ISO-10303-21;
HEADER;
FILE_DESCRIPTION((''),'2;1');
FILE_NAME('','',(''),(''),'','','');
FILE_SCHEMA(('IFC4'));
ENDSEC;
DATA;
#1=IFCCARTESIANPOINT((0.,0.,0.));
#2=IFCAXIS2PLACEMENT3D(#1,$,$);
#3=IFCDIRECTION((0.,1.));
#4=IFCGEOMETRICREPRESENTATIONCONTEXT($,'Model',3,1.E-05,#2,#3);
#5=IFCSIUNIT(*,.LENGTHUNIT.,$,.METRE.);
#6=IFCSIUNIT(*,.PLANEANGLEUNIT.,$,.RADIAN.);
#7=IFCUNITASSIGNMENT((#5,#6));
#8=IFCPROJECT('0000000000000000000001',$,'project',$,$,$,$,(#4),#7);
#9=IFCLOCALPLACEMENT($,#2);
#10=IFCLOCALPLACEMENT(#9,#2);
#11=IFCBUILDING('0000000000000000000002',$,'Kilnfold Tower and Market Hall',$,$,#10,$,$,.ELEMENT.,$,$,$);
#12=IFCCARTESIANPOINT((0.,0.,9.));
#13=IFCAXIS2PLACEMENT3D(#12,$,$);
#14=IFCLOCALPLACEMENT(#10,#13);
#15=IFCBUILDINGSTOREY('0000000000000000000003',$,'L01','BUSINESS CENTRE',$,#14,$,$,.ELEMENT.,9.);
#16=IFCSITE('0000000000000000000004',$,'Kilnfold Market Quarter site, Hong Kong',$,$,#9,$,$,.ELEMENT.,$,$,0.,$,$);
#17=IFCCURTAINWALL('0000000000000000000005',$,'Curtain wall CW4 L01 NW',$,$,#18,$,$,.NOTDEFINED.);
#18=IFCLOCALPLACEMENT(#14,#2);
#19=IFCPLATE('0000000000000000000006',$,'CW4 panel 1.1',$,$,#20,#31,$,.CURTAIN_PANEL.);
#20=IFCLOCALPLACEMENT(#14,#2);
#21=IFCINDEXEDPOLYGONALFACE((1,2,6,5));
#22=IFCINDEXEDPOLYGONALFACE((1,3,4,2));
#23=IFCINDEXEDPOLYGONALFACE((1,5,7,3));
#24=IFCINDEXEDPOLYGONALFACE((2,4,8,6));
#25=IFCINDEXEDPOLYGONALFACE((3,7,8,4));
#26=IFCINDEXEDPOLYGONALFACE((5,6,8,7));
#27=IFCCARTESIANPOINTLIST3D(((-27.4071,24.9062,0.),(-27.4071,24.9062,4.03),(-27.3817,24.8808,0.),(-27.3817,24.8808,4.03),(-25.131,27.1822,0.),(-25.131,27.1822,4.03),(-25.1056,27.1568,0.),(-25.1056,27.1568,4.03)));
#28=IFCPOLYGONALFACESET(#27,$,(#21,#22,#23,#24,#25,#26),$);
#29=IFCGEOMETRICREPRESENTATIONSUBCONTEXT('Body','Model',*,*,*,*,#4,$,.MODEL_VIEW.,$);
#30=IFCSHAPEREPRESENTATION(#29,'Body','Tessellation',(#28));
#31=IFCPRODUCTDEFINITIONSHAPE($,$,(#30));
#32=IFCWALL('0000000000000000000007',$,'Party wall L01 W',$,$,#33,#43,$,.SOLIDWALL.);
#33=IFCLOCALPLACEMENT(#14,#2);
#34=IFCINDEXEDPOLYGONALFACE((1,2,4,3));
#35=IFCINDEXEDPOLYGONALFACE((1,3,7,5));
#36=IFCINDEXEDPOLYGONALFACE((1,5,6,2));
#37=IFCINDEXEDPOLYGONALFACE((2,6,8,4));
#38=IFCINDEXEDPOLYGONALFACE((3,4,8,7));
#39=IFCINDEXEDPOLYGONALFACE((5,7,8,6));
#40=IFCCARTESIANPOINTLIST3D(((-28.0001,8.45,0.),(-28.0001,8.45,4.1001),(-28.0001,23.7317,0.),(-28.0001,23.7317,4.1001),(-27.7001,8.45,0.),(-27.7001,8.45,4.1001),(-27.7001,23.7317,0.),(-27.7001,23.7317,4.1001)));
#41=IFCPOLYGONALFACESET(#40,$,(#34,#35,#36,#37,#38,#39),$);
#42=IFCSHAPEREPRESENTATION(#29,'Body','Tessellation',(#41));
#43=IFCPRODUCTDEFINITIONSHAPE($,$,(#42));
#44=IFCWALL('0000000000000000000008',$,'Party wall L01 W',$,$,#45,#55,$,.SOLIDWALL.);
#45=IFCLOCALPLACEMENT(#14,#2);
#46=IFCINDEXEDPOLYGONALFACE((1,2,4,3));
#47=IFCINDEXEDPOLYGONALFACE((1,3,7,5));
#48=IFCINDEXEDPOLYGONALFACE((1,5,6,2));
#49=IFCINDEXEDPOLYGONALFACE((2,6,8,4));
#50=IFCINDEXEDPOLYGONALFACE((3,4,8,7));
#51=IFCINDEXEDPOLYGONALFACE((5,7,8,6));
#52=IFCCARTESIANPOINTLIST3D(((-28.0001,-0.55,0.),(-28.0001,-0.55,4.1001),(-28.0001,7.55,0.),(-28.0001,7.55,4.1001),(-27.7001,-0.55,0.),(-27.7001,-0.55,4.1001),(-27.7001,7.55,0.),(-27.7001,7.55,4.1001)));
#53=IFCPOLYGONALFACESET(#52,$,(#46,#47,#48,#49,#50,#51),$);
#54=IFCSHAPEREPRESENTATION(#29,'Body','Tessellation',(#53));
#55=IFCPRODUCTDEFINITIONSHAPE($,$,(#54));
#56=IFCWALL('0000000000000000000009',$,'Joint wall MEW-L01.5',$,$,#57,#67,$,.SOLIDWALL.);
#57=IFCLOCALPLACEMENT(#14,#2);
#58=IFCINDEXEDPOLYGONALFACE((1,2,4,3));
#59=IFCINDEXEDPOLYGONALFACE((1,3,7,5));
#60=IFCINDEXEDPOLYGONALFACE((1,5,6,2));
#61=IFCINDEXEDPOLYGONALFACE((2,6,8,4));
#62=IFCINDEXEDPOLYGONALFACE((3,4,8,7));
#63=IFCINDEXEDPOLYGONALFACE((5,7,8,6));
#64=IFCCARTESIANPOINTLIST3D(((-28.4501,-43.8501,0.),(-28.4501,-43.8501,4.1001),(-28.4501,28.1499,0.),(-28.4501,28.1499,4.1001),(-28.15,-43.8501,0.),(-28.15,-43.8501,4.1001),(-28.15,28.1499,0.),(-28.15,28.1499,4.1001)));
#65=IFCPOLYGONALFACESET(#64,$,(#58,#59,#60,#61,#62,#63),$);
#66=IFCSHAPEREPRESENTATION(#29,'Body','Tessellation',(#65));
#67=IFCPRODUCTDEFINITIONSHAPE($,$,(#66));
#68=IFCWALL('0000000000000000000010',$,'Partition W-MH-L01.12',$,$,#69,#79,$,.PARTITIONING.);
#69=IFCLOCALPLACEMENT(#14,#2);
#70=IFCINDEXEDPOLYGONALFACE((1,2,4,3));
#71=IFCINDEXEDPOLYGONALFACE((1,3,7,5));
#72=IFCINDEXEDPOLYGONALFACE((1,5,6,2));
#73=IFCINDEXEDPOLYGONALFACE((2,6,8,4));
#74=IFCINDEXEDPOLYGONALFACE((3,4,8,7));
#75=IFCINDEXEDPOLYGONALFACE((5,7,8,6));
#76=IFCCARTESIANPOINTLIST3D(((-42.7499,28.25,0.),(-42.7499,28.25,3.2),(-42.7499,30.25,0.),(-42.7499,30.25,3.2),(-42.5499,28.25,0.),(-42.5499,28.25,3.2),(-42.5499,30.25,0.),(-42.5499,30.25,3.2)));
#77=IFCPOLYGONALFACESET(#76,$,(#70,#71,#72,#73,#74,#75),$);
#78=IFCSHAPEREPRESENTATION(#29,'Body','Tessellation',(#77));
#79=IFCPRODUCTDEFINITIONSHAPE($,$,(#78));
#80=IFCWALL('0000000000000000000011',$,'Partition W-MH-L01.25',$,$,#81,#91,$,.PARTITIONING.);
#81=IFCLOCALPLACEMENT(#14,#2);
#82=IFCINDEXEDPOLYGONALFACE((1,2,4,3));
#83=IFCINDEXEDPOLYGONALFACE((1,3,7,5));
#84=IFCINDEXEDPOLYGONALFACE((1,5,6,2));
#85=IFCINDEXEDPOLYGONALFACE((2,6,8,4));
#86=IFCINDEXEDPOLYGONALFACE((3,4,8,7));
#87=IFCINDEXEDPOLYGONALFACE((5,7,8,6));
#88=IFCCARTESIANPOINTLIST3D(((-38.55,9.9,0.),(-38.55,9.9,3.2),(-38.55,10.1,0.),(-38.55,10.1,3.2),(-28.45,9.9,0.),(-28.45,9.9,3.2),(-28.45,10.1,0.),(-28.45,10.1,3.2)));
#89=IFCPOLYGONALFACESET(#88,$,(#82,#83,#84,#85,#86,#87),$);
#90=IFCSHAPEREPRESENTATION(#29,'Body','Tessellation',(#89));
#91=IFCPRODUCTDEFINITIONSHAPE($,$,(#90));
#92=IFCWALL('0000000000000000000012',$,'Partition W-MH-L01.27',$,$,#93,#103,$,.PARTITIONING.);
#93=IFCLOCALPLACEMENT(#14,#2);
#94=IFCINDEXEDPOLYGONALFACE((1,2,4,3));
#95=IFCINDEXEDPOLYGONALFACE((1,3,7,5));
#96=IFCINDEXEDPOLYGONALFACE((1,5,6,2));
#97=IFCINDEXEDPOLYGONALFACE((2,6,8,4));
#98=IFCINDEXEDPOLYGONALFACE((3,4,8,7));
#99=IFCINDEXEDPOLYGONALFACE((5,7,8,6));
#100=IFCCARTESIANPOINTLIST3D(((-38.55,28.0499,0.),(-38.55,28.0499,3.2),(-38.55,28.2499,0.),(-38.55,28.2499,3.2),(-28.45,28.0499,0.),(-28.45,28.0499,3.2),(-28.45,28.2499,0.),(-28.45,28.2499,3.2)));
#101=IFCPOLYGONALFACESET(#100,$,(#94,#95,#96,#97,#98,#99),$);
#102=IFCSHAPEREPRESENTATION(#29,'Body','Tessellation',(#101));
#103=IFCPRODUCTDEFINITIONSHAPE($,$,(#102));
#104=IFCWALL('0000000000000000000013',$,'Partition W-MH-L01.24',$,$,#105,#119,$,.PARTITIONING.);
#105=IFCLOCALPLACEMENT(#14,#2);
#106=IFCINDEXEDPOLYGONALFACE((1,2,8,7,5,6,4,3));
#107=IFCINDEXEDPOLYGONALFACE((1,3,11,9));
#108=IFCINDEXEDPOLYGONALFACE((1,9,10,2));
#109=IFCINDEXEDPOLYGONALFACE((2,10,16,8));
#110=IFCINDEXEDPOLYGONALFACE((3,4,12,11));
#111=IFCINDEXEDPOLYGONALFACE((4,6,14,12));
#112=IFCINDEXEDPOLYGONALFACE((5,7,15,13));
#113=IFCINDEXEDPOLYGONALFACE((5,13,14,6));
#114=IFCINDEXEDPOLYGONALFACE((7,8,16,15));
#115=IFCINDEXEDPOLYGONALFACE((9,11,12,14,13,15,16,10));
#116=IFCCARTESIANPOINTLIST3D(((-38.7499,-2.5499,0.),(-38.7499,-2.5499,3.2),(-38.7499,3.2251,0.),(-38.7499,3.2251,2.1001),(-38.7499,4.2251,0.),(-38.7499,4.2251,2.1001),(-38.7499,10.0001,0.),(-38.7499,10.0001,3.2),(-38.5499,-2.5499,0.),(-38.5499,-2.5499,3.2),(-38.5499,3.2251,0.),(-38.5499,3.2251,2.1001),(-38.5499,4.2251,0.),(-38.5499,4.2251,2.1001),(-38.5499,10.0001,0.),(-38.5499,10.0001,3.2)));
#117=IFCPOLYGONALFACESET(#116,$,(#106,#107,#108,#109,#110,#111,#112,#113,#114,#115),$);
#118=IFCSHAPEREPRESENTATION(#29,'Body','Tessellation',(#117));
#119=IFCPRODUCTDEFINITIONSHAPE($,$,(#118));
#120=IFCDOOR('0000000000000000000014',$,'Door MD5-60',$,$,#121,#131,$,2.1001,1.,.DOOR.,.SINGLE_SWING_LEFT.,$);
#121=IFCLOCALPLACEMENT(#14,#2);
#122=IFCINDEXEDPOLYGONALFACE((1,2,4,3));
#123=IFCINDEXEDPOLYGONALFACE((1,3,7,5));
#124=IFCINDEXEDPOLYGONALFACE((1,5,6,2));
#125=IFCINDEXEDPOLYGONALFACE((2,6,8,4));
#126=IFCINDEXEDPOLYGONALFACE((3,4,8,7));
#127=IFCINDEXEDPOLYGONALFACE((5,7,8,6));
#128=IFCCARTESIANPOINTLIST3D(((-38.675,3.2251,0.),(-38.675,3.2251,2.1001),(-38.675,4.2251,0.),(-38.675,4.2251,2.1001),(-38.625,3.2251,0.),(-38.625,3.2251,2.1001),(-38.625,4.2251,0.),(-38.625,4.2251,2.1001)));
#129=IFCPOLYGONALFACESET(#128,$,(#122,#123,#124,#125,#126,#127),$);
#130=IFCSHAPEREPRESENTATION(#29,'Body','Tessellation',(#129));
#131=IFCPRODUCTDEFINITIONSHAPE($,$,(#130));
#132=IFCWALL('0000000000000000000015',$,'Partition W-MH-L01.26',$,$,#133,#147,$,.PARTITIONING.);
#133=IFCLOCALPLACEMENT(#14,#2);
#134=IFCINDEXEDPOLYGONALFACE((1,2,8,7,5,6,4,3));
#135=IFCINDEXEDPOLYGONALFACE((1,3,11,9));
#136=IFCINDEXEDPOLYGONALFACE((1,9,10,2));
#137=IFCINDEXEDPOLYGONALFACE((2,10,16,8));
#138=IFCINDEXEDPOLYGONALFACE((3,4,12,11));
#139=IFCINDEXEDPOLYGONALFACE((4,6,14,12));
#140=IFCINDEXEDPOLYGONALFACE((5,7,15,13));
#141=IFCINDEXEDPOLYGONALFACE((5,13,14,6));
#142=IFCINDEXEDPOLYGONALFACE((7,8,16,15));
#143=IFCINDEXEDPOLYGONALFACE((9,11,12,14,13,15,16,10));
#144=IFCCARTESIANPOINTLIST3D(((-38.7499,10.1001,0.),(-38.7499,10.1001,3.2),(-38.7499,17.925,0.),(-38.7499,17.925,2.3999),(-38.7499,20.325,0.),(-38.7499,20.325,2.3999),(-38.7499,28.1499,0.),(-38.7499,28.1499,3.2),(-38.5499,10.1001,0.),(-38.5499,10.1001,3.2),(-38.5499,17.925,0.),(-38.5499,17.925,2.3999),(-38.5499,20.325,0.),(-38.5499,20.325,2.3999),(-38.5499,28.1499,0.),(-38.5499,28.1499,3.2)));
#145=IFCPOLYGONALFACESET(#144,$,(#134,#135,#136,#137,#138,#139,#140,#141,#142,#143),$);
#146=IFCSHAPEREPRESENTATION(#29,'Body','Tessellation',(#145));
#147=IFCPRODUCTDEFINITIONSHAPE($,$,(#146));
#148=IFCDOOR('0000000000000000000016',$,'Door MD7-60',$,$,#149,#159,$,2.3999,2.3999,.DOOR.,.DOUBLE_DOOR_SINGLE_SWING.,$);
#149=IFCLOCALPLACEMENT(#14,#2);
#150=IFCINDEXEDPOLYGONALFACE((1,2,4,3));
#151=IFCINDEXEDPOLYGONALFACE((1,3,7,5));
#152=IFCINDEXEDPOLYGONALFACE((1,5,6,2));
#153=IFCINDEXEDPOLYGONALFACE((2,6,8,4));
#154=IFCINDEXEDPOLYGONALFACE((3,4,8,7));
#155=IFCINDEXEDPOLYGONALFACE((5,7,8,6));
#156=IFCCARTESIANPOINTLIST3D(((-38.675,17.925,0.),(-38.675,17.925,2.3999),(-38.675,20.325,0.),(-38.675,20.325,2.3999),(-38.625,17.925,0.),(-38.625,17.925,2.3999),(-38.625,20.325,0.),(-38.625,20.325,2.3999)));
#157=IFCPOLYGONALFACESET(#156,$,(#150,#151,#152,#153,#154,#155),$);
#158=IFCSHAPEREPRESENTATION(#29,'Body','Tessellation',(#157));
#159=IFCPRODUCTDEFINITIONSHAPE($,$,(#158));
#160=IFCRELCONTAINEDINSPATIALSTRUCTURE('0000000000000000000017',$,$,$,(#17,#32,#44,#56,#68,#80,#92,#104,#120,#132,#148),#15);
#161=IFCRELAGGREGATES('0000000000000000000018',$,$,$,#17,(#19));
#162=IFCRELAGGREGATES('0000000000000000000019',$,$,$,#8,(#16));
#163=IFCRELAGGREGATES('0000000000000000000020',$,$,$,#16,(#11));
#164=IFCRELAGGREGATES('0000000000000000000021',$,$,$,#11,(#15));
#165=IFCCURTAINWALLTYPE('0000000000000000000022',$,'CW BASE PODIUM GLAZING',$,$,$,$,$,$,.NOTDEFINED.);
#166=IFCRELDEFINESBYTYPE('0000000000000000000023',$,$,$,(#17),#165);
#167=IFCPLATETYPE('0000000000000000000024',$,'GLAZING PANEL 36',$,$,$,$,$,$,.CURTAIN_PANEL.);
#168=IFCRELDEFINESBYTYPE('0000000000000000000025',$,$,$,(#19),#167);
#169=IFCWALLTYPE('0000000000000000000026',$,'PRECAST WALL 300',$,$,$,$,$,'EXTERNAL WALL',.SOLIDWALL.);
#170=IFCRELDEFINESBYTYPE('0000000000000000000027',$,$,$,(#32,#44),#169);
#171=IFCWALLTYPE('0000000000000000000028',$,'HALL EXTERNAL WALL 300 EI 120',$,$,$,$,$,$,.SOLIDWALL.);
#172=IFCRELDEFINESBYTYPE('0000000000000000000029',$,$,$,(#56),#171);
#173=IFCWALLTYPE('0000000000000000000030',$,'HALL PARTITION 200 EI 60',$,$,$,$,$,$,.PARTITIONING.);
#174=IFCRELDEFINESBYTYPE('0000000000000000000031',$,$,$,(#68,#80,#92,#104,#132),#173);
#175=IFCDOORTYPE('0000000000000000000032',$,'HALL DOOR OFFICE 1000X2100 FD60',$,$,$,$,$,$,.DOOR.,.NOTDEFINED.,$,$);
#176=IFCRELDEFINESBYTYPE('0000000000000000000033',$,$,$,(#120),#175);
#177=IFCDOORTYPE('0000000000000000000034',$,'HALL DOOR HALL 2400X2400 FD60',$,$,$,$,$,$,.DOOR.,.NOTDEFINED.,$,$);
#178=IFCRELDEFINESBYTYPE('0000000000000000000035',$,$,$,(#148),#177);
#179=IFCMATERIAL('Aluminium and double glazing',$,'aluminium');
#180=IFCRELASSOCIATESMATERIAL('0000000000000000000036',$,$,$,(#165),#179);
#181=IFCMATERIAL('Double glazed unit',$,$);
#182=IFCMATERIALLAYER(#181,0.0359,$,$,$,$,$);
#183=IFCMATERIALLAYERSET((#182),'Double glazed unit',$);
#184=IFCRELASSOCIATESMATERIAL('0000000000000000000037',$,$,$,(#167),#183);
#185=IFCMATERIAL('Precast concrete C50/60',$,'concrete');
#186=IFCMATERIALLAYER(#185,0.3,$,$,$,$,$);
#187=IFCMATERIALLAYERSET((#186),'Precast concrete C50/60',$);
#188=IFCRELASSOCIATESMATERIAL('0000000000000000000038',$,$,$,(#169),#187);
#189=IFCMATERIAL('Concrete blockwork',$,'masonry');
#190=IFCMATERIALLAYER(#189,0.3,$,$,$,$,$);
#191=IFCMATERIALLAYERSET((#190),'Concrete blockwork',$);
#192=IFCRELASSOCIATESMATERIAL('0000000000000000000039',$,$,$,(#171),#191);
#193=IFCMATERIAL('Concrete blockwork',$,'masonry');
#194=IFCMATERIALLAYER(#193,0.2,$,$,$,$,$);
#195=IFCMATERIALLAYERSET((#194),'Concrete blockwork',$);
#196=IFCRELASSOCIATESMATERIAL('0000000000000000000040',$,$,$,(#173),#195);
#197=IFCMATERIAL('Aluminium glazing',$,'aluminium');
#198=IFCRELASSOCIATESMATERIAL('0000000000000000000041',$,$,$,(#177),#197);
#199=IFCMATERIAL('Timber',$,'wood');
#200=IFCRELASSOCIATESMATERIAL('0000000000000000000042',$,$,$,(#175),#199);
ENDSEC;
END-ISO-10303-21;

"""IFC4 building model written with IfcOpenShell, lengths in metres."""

from ifc_helpers import new_model, si_unit, direction, frame, frame_2d, origin, origin_2d, place, context, subcontext, project, spatial, rectangle, extrude, source, transform, mapped, material, layer, layer_set, type_object, element, fill, aggregate, save


model = new_model("IFC4")

# Units and contexts
model_context = context("Model", 3, precision=1e-05, world=origin(), true_north=direction((0.0, 1.0)))
body_context = subcontext(model_context, "Body", "Model", "MODEL_VIEW")
ifc_project = project(units=[si_unit("LENGTHUNIT", "METRE"), si_unit("PLANEANGLEUNIT", "RADIAN")], contexts=[model_context])

# Site, building, storey
site_placement = place(None, origin())
site = spatial("IfcSite", under=ifc_project, at=site_placement, Name="Kilnfold Market Quarter site, Hong Kong", CompositionType="ELEMENT", RefElevation=0.0)
building_placement = place(site_placement, origin())
building = spatial("IfcBuilding", under=site, at=building_placement, Name="Kilnfold Tower and Market Hall", CompositionType="ELEMENT")
storey_placement = place(building_placement, frame((0.0, 0.0, 9.0)))
storey = spatial("IfcBuildingStorey", under=building, at=storey_placement, Name="L01", Description="BUSINESS CENTRE", CompositionType="ELEMENT", Elevation=9.0)

# Curtain wall, plate
ifc_material_1 = material(Name="Aluminium and double glazing", Category="aluminium")
curtain_wall_type = type_object("IfcCurtainWallType", Name="CW BASE PODIUM GLAZING", PredefinedType="NOTDEFINED", material=ifc_material_1)
curtain_wall_placement = place(storey_placement, origin())
curtain_wall = element("IfcCurtainWall", 1, at=curtain_wall_placement, inside=storey, type_object=curtain_wall_type, Name="Curtain wall CW4 L01 NW", PredefinedType="NOTDEFINED")
ifc_material_2 = material(Name="Double glazed unit")
ifc_layer_1 = layer(ifc_material_2, 0.0359)
ifc_layer_set_1 = layer_set([ifc_layer_1], Name="Double glazed unit")
plate_type = type_object("IfcPlateType", Name="GLAZING PANEL 36", PredefinedType="CURTAIN_PANEL", material=ifc_layer_set_1)
shared_shape_1 = source(origin(), body_context, "Body", "SweptSolid", [
    extrude(rectangle(XDim=3.2188, YDim=0.0359, at=origin_2d()), origin(), (0.0, 0.0, 1.0), 4.03),
])
plate_placement = place(storey_placement, frame((-26.2563, 26.0315, 0.0), z_axis=(0.0, 0.0, 1.0), x_axis=(-0.707122, -0.707092, 0.0)))
plate = element("IfcPlate", 2, at=plate_placement, type_object=plate_type, Name="CW4 panel 1.1", PredefinedType="CURTAIN_PANEL", context=body_context, shape_type="MappedRepresentation", body=[
    mapped(shared_shape_1, transform((0.0, 0.0, 0.0))),
])
aggregate(curtain_wall, [plate])

# Walls
ifc_material_3 = material(Name="Precast concrete C50/60", Category="concrete")
ifc_layer_2 = layer(ifc_material_3, 0.3)
ifc_layer_set_2 = layer_set([ifc_layer_2], Name="Precast concrete C50/60")
wall_type_1 = type_object("IfcWallType", Name="PRECAST WALL 300", ElementType="EXTERNAL WALL", PredefinedType="SOLIDWALL", material=ifc_layer_set_2)
shared_shape_2 = source(origin(), body_context, "Body", "SweptSolid", [
    extrude(rectangle(XDim=15.2817, YDim=0.3, at=frame_2d((7.6409, 0.0))), origin(), (0.0, 0.0, 1.0), 4.1001),
])
wall_1_placement = place(storey_placement, frame((-27.8501, 23.7317, 0.0), z_axis=(0.0, 0.0, 1.0), x_axis=(0.0, -1.0, 0.0)))
element("IfcWall", 3, at=wall_1_placement, inside=storey, type_object=wall_type_1, Name="Party wall L01 W", PredefinedType="SOLIDWALL", context=body_context, shape_type="MappedRepresentation", body=[
    mapped(shared_shape_2, transform((0.0, 0.0, 0.0))),
])
shared_shape_3 = source(origin(), body_context, "Body", "SweptSolid", [
    extrude(rectangle(XDim=8.1001, YDim=0.3, at=frame_2d((4.05, 0.0))), origin(), (0.0, 0.0, 1.0), 4.1001),
])
wall_2_placement = place(storey_placement, frame((-27.8501, 7.55, 0.0), z_axis=(0.0, 0.0, 1.0), x_axis=(0.0, -1.0, 0.0)))
element("IfcWall", 4, at=wall_2_placement, inside=storey, type_object=wall_type_1, Name="Party wall L01 W", PredefinedType="SOLIDWALL", context=body_context, shape_type="MappedRepresentation", body=[
    mapped(shared_shape_3, transform((0.0, 0.0, 0.0))),
])
ifc_material_4 = material(Name="Concrete blockwork", Category="masonry")
ifc_layer_3 = layer(ifc_material_4, 0.3)
ifc_layer_set_3 = layer_set([ifc_layer_3], Name="Concrete blockwork")
wall_type_2 = type_object("IfcWallType", Name="HALL EXTERNAL WALL 300 EI 120", PredefinedType="SOLIDWALL", material=ifc_layer_set_3)
shared_shape_4 = source(origin(), body_context, "Body", "SweptSolid", [
    extrude(rectangle(XDim=72.0, YDim=0.3, at=frame_2d((36.0, 0.0))), origin(), (0.0, 0.0, 1.0), 4.1001),
])
wall_3_placement = place(storey_placement, frame((-28.3, 28.1499, 0.0), z_axis=(0.0, 0.0, 1.0), x_axis=(0.0, -1.0, 0.0)))
element("IfcWall", 5, at=wall_3_placement, inside=storey, type_object=wall_type_2, Name="Joint wall MEW-L01.5", PredefinedType="SOLIDWALL", context=body_context, shape_type="MappedRepresentation", body=[
    mapped(shared_shape_4, transform((0.0, 0.0, 0.0))),
])

# Shared definitions
ifc_material_5 = material(Name="Concrete blockwork", Category="masonry")
ifc_layer_4 = layer(ifc_material_5, 0.2)
ifc_layer_set_4 = layer_set([ifc_layer_4], Name="Concrete blockwork")
wall_type_3 = type_object("IfcWallType", Name="HALL PARTITION 200 EI 60", PredefinedType="PARTITIONING", material=ifc_layer_set_4)
ifc_material_6 = material(Name="Aluminium glazing", Category="aluminium")
door_type_1 = type_object("IfcDoorType", Name="HALL DOOR HALL 2400X2400 FD60", OperationType="NOTDEFINED", PredefinedType="DOOR", material=ifc_material_6)

# Walls
shared_shape_5 = source(origin(), body_context, "Body", "SweptSolid", [
    extrude(rectangle(XDim=2.0, YDim=0.2, at=frame_2d((1.0, 0.0))), origin(), (0.0, 0.0, 1.0), 3.2),
])
wall_4_placement = place(storey_placement, frame((-42.6499, 28.25, 0.0), z_axis=(0.0, 0.0, 1.0), x_axis=(0.0, 1.0, 0.0)))
element("IfcWall", 6, at=wall_4_placement, inside=storey, type_object=wall_type_3, Name="Partition W-MH-L01.12", PredefinedType="PARTITIONING", context=body_context, shape_type="MappedRepresentation", body=[
    mapped(shared_shape_5, transform((0.0, 0.0, 0.0))),
])
shared_shape_6 = source(origin(), body_context, "Body", "SweptSolid", [
    extrude(rectangle(XDim=10.1001, YDim=0.2, at=frame_2d((5.05, 0.0))), origin(), (0.0, 0.0, 1.0), 3.2),
])
for number, where, z_axis, x_axis, name in (
    (7, (-38.55, 10.0, 0.0), (0.0, 0.0, 1.0), (1.0, 0.0, 0.0), "Partition W-MH-L01.25"),
    (8, (-38.55, 28.1499, 0.0), (0.0, 0.0, 1.0), (1.0, 0.0, 0.0), "Partition W-MH-L01.27"),
):
    element("IfcWall", number, at=place(storey_placement, frame(where, z_axis=z_axis, x_axis=x_axis)), inside=storey, type_object=wall_type_3, Name=name, PredefinedType="PARTITIONING", context=body_context, shape_type="MappedRepresentation", body=[
        mapped(shared_shape_6, transform((0.0, 0.0, 0.0))),
    ])

# Walls, openings, doors
shared_shape_7 = source(origin(), body_context, "Body", "SweptSolid", [
    extrude(rectangle(XDim=12.55, YDim=0.2, at=frame_2d((6.2749, 0.0))), origin(), (0.0, 0.0, 1.0), 3.2),
])
wall_5_placement = place(storey_placement, frame((-38.6499, 10.0, 0.0), z_axis=(0.0, 0.0, 1.0), x_axis=(0.0, -1.0, 0.0)))
wall_5 = element("IfcWall", 9, at=wall_5_placement, inside=storey, type_object=wall_type_3, Name="Partition W-MH-L01.24", PredefinedType="PARTITIONING", context=body_context, shape_type="MappedRepresentation", body=[
    mapped(shared_shape_7, transform((0.0, 0.0, 0.0))),
])
opening_1_placement = place(wall_5_placement, frame((5.7749, 0.0, 0.0)))
opening_1 = element("IfcOpeningElement", 10, at=opening_1_placement, cuts=wall_5, PredefinedType="OPENING", context=body_context, shape_type="SweptSolid", body=[
    extrude(rectangle(XDim=1.0, YDim=2.1001, at=frame_2d((0.5, 1.05))), frame((0.0, 0.1099, 0.0), z_axis=(0.0, -1.0, 0.0), x_axis=(1.0, 0.0, 0.0)), (0.0, 0.0, 1.0), 0.22),
])
ifc_material_7 = material(Name="Timber", Category="wood")
door_type_2 = type_object("IfcDoorType", Name="HALL DOOR OFFICE 1000X2100 FD60", OperationType="NOTDEFINED", PredefinedType="DOOR", material=ifc_material_7)
door_1_placement = place(opening_1_placement, origin())
door_1 = element("IfcDoor", 11, at=door_1_placement, inside=storey, type_object=door_type_2, Name="Door MD5-60", OperationType="SINGLE_SWING_LEFT", OverallHeight=2.1001, OverallWidth=1.0, PredefinedType="DOOR", context=body_context, shape_type="SweptSolid", body=[
    extrude(rectangle(XDim=1.0, YDim=2.1001, at=frame_2d((0.5, 1.05))), frame((0.0, 0.0249, 0.0), z_axis=(0.0, -1.0, 0.0), x_axis=(1.0, 0.0, 0.0)), (0.0, 0.0, 1.0), 0.05),
])
fill(opening_1, door_1)
shared_shape_8 = source(origin(), body_context, "Body", "SweptSolid", [
    extrude(rectangle(XDim=18.0498, YDim=0.2, at=frame_2d((9.0249, 0.0))), origin(), (0.0, 0.0, 1.0), 3.2),
])
wall_6_placement = place(storey_placement, frame((-38.6499, 28.1499, 0.0), z_axis=(0.0, 0.0, 1.0), x_axis=(0.0, -1.0, 0.0)))
wall_6 = element("IfcWall", 12, at=wall_6_placement, inside=storey, type_object=wall_type_3, Name="Partition W-MH-L01.26", PredefinedType="PARTITIONING", context=body_context, shape_type="MappedRepresentation", body=[
    mapped(shared_shape_8, transform((0.0, 0.0, 0.0))),
])
opening_2_placement = place(wall_6_placement, frame((7.825, 0.0, 0.0)))
opening_2 = element("IfcOpeningElement", 13, at=opening_2_placement, cuts=wall_6, PredefinedType="OPENING", context=body_context, shape_type="SweptSolid", body=[
    extrude(rectangle(XDim=2.3999, YDim=2.3999, at=frame_2d((1.2, 1.2))), frame((0.0, 0.1099, 0.0), z_axis=(0.0, -1.0, 0.0), x_axis=(1.0, 0.0, 0.0)), (0.0, 0.0, 1.0), 0.22),
])
door_2_placement = place(opening_2_placement, origin())
door_2 = element("IfcDoor", 14, at=door_2_placement, inside=storey, type_object=door_type_1, Name="Door MD7-60", OperationType="DOUBLE_DOOR_SINGLE_SWING", OverallHeight=2.3999, OverallWidth=2.3999, PredefinedType="DOOR", context=body_context, shape_type="SweptSolid", body=[
    extrude(rectangle(XDim=2.3999, YDim=2.3999, at=frame_2d((1.2, 1.2))), frame((0.0, 0.0249, 0.0), z_axis=(0.0, -1.0, 0.0), x_axis=(1.0, 0.0, 0.0)), (0.0, 0.0, 1.0), 0.05),
])
fill(opening_2, door_2)

save(model, "model.ifc")
